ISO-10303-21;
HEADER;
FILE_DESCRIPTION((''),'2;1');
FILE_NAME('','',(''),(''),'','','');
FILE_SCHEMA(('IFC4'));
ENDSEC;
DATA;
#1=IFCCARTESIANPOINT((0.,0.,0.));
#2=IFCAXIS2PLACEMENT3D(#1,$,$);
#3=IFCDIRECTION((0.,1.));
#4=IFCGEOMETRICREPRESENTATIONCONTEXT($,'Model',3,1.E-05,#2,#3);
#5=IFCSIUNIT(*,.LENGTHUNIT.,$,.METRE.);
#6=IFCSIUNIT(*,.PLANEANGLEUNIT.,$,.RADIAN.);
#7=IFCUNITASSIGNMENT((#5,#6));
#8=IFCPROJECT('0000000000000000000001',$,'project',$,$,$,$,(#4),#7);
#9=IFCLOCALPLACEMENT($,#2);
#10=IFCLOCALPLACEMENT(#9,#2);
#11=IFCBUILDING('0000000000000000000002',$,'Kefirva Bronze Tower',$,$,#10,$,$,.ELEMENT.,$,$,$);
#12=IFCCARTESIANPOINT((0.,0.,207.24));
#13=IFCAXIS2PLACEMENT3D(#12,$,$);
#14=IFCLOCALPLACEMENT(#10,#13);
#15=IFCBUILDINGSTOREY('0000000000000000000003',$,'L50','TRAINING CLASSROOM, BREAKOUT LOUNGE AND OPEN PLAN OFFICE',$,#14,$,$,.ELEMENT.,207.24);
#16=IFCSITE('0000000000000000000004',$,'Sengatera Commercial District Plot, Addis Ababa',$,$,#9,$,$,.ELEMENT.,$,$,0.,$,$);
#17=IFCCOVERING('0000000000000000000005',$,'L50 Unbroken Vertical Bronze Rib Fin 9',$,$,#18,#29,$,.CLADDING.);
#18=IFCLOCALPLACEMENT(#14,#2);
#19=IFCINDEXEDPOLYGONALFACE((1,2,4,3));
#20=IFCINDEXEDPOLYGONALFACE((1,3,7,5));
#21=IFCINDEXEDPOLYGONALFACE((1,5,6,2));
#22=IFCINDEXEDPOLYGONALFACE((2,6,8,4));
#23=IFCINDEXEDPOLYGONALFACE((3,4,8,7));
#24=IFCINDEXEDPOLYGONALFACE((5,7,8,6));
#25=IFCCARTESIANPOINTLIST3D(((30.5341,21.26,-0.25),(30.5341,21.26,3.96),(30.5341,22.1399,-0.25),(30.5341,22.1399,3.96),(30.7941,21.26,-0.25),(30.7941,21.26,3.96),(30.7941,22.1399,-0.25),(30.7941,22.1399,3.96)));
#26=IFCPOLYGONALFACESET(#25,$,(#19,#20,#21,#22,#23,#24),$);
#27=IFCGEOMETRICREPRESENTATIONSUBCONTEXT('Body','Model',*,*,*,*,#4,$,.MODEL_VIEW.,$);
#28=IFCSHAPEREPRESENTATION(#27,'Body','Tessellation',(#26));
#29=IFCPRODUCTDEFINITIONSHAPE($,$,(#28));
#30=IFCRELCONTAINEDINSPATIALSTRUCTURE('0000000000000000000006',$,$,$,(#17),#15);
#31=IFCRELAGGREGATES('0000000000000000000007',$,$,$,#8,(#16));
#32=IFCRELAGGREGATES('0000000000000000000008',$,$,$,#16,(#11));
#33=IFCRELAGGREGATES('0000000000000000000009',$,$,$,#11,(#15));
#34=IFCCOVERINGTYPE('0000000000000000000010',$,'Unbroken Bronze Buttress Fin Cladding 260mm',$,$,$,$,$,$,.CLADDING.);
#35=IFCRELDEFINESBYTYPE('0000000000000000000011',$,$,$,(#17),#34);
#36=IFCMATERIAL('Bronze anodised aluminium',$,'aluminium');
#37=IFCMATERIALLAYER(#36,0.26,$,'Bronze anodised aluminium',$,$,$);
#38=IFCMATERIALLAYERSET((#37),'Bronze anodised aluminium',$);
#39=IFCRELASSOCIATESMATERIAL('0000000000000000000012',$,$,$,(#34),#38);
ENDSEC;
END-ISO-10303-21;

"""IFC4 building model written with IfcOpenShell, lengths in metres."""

from ifc_helpers import new_model, si_unit, direction, frame, origin, origin_2d, place, context, subcontext, project, spatial, rectangle, extrude, material, layer, layer_set, type_object, element, save


model = new_model("IFC4")

# Units and contexts
model_context = context("Model", 3, precision=1e-05, world=origin(), true_north=direction((0.0, 1.0)))
body_context = subcontext(model_context, "Body", "Model", "MODEL_VIEW")
ifc_project = project(units=[si_unit("LENGTHUNIT", "METRE"), si_unit("PLANEANGLEUNIT", "RADIAN")], contexts=[model_context])

# Site, building, storey
site_placement = place(None, origin())
site = spatial("IfcSite", under=ifc_project, at=site_placement, Name="Sengatera Commercial District Plot, Addis Ababa", CompositionType="ELEMENT", RefElevation=0.0)
building_placement = place(site_placement, origin())
building = spatial("IfcBuilding", under=site, at=building_placement, Name="Kefirva Bronze Tower", CompositionType="ELEMENT")
storey_placement = place(building_placement, frame((0.0, 0.0, 207.24)))
storey = spatial("IfcBuildingStorey", under=building, at=storey_placement, Name="L50", Description="TRAINING CLASSROOM, BREAKOUT LOUNGE AND OPEN PLAN OFFICE", CompositionType="ELEMENT", Elevation=207.24)

# Shared definitions
ifc_material_1 = material(Name="Bronze anodised aluminium", Category="aluminium")

# Covering
ifc_layer_1 = layer(ifc_material_1, 0.26, Name="Bronze anodised aluminium")
ifc_layer_set_1 = layer_set([ifc_layer_1], Name="Bronze anodised aluminium")
covering_type_1 = type_object("IfcCoveringType", Name="Unbroken Bronze Buttress Fin Cladding 260mm", PredefinedType="CLADDING", material=ifc_layer_set_1)
covering_1_placement = place(storey_placement, frame((30.6641, 21.7, -0.25), z_axis=(0.0, 0.0, 1.0), x_axis=(1.0, 0.0, 0.0)))
element("IfcCovering", 1, at=covering_1_placement, inside=storey, type_object=covering_type_1, Name="L50 Unbroken Vertical Bronze Rib Fin 9", PredefinedType="CLADDING", context=body_context, shape_type="SweptSolid", body=[
    extrude(rectangle(XDim=0.26, YDim=0.8799, at=origin_2d()), origin(), (0.0, 0.0, 1.0), 4.21),
])

save(model, "model.ifc")
